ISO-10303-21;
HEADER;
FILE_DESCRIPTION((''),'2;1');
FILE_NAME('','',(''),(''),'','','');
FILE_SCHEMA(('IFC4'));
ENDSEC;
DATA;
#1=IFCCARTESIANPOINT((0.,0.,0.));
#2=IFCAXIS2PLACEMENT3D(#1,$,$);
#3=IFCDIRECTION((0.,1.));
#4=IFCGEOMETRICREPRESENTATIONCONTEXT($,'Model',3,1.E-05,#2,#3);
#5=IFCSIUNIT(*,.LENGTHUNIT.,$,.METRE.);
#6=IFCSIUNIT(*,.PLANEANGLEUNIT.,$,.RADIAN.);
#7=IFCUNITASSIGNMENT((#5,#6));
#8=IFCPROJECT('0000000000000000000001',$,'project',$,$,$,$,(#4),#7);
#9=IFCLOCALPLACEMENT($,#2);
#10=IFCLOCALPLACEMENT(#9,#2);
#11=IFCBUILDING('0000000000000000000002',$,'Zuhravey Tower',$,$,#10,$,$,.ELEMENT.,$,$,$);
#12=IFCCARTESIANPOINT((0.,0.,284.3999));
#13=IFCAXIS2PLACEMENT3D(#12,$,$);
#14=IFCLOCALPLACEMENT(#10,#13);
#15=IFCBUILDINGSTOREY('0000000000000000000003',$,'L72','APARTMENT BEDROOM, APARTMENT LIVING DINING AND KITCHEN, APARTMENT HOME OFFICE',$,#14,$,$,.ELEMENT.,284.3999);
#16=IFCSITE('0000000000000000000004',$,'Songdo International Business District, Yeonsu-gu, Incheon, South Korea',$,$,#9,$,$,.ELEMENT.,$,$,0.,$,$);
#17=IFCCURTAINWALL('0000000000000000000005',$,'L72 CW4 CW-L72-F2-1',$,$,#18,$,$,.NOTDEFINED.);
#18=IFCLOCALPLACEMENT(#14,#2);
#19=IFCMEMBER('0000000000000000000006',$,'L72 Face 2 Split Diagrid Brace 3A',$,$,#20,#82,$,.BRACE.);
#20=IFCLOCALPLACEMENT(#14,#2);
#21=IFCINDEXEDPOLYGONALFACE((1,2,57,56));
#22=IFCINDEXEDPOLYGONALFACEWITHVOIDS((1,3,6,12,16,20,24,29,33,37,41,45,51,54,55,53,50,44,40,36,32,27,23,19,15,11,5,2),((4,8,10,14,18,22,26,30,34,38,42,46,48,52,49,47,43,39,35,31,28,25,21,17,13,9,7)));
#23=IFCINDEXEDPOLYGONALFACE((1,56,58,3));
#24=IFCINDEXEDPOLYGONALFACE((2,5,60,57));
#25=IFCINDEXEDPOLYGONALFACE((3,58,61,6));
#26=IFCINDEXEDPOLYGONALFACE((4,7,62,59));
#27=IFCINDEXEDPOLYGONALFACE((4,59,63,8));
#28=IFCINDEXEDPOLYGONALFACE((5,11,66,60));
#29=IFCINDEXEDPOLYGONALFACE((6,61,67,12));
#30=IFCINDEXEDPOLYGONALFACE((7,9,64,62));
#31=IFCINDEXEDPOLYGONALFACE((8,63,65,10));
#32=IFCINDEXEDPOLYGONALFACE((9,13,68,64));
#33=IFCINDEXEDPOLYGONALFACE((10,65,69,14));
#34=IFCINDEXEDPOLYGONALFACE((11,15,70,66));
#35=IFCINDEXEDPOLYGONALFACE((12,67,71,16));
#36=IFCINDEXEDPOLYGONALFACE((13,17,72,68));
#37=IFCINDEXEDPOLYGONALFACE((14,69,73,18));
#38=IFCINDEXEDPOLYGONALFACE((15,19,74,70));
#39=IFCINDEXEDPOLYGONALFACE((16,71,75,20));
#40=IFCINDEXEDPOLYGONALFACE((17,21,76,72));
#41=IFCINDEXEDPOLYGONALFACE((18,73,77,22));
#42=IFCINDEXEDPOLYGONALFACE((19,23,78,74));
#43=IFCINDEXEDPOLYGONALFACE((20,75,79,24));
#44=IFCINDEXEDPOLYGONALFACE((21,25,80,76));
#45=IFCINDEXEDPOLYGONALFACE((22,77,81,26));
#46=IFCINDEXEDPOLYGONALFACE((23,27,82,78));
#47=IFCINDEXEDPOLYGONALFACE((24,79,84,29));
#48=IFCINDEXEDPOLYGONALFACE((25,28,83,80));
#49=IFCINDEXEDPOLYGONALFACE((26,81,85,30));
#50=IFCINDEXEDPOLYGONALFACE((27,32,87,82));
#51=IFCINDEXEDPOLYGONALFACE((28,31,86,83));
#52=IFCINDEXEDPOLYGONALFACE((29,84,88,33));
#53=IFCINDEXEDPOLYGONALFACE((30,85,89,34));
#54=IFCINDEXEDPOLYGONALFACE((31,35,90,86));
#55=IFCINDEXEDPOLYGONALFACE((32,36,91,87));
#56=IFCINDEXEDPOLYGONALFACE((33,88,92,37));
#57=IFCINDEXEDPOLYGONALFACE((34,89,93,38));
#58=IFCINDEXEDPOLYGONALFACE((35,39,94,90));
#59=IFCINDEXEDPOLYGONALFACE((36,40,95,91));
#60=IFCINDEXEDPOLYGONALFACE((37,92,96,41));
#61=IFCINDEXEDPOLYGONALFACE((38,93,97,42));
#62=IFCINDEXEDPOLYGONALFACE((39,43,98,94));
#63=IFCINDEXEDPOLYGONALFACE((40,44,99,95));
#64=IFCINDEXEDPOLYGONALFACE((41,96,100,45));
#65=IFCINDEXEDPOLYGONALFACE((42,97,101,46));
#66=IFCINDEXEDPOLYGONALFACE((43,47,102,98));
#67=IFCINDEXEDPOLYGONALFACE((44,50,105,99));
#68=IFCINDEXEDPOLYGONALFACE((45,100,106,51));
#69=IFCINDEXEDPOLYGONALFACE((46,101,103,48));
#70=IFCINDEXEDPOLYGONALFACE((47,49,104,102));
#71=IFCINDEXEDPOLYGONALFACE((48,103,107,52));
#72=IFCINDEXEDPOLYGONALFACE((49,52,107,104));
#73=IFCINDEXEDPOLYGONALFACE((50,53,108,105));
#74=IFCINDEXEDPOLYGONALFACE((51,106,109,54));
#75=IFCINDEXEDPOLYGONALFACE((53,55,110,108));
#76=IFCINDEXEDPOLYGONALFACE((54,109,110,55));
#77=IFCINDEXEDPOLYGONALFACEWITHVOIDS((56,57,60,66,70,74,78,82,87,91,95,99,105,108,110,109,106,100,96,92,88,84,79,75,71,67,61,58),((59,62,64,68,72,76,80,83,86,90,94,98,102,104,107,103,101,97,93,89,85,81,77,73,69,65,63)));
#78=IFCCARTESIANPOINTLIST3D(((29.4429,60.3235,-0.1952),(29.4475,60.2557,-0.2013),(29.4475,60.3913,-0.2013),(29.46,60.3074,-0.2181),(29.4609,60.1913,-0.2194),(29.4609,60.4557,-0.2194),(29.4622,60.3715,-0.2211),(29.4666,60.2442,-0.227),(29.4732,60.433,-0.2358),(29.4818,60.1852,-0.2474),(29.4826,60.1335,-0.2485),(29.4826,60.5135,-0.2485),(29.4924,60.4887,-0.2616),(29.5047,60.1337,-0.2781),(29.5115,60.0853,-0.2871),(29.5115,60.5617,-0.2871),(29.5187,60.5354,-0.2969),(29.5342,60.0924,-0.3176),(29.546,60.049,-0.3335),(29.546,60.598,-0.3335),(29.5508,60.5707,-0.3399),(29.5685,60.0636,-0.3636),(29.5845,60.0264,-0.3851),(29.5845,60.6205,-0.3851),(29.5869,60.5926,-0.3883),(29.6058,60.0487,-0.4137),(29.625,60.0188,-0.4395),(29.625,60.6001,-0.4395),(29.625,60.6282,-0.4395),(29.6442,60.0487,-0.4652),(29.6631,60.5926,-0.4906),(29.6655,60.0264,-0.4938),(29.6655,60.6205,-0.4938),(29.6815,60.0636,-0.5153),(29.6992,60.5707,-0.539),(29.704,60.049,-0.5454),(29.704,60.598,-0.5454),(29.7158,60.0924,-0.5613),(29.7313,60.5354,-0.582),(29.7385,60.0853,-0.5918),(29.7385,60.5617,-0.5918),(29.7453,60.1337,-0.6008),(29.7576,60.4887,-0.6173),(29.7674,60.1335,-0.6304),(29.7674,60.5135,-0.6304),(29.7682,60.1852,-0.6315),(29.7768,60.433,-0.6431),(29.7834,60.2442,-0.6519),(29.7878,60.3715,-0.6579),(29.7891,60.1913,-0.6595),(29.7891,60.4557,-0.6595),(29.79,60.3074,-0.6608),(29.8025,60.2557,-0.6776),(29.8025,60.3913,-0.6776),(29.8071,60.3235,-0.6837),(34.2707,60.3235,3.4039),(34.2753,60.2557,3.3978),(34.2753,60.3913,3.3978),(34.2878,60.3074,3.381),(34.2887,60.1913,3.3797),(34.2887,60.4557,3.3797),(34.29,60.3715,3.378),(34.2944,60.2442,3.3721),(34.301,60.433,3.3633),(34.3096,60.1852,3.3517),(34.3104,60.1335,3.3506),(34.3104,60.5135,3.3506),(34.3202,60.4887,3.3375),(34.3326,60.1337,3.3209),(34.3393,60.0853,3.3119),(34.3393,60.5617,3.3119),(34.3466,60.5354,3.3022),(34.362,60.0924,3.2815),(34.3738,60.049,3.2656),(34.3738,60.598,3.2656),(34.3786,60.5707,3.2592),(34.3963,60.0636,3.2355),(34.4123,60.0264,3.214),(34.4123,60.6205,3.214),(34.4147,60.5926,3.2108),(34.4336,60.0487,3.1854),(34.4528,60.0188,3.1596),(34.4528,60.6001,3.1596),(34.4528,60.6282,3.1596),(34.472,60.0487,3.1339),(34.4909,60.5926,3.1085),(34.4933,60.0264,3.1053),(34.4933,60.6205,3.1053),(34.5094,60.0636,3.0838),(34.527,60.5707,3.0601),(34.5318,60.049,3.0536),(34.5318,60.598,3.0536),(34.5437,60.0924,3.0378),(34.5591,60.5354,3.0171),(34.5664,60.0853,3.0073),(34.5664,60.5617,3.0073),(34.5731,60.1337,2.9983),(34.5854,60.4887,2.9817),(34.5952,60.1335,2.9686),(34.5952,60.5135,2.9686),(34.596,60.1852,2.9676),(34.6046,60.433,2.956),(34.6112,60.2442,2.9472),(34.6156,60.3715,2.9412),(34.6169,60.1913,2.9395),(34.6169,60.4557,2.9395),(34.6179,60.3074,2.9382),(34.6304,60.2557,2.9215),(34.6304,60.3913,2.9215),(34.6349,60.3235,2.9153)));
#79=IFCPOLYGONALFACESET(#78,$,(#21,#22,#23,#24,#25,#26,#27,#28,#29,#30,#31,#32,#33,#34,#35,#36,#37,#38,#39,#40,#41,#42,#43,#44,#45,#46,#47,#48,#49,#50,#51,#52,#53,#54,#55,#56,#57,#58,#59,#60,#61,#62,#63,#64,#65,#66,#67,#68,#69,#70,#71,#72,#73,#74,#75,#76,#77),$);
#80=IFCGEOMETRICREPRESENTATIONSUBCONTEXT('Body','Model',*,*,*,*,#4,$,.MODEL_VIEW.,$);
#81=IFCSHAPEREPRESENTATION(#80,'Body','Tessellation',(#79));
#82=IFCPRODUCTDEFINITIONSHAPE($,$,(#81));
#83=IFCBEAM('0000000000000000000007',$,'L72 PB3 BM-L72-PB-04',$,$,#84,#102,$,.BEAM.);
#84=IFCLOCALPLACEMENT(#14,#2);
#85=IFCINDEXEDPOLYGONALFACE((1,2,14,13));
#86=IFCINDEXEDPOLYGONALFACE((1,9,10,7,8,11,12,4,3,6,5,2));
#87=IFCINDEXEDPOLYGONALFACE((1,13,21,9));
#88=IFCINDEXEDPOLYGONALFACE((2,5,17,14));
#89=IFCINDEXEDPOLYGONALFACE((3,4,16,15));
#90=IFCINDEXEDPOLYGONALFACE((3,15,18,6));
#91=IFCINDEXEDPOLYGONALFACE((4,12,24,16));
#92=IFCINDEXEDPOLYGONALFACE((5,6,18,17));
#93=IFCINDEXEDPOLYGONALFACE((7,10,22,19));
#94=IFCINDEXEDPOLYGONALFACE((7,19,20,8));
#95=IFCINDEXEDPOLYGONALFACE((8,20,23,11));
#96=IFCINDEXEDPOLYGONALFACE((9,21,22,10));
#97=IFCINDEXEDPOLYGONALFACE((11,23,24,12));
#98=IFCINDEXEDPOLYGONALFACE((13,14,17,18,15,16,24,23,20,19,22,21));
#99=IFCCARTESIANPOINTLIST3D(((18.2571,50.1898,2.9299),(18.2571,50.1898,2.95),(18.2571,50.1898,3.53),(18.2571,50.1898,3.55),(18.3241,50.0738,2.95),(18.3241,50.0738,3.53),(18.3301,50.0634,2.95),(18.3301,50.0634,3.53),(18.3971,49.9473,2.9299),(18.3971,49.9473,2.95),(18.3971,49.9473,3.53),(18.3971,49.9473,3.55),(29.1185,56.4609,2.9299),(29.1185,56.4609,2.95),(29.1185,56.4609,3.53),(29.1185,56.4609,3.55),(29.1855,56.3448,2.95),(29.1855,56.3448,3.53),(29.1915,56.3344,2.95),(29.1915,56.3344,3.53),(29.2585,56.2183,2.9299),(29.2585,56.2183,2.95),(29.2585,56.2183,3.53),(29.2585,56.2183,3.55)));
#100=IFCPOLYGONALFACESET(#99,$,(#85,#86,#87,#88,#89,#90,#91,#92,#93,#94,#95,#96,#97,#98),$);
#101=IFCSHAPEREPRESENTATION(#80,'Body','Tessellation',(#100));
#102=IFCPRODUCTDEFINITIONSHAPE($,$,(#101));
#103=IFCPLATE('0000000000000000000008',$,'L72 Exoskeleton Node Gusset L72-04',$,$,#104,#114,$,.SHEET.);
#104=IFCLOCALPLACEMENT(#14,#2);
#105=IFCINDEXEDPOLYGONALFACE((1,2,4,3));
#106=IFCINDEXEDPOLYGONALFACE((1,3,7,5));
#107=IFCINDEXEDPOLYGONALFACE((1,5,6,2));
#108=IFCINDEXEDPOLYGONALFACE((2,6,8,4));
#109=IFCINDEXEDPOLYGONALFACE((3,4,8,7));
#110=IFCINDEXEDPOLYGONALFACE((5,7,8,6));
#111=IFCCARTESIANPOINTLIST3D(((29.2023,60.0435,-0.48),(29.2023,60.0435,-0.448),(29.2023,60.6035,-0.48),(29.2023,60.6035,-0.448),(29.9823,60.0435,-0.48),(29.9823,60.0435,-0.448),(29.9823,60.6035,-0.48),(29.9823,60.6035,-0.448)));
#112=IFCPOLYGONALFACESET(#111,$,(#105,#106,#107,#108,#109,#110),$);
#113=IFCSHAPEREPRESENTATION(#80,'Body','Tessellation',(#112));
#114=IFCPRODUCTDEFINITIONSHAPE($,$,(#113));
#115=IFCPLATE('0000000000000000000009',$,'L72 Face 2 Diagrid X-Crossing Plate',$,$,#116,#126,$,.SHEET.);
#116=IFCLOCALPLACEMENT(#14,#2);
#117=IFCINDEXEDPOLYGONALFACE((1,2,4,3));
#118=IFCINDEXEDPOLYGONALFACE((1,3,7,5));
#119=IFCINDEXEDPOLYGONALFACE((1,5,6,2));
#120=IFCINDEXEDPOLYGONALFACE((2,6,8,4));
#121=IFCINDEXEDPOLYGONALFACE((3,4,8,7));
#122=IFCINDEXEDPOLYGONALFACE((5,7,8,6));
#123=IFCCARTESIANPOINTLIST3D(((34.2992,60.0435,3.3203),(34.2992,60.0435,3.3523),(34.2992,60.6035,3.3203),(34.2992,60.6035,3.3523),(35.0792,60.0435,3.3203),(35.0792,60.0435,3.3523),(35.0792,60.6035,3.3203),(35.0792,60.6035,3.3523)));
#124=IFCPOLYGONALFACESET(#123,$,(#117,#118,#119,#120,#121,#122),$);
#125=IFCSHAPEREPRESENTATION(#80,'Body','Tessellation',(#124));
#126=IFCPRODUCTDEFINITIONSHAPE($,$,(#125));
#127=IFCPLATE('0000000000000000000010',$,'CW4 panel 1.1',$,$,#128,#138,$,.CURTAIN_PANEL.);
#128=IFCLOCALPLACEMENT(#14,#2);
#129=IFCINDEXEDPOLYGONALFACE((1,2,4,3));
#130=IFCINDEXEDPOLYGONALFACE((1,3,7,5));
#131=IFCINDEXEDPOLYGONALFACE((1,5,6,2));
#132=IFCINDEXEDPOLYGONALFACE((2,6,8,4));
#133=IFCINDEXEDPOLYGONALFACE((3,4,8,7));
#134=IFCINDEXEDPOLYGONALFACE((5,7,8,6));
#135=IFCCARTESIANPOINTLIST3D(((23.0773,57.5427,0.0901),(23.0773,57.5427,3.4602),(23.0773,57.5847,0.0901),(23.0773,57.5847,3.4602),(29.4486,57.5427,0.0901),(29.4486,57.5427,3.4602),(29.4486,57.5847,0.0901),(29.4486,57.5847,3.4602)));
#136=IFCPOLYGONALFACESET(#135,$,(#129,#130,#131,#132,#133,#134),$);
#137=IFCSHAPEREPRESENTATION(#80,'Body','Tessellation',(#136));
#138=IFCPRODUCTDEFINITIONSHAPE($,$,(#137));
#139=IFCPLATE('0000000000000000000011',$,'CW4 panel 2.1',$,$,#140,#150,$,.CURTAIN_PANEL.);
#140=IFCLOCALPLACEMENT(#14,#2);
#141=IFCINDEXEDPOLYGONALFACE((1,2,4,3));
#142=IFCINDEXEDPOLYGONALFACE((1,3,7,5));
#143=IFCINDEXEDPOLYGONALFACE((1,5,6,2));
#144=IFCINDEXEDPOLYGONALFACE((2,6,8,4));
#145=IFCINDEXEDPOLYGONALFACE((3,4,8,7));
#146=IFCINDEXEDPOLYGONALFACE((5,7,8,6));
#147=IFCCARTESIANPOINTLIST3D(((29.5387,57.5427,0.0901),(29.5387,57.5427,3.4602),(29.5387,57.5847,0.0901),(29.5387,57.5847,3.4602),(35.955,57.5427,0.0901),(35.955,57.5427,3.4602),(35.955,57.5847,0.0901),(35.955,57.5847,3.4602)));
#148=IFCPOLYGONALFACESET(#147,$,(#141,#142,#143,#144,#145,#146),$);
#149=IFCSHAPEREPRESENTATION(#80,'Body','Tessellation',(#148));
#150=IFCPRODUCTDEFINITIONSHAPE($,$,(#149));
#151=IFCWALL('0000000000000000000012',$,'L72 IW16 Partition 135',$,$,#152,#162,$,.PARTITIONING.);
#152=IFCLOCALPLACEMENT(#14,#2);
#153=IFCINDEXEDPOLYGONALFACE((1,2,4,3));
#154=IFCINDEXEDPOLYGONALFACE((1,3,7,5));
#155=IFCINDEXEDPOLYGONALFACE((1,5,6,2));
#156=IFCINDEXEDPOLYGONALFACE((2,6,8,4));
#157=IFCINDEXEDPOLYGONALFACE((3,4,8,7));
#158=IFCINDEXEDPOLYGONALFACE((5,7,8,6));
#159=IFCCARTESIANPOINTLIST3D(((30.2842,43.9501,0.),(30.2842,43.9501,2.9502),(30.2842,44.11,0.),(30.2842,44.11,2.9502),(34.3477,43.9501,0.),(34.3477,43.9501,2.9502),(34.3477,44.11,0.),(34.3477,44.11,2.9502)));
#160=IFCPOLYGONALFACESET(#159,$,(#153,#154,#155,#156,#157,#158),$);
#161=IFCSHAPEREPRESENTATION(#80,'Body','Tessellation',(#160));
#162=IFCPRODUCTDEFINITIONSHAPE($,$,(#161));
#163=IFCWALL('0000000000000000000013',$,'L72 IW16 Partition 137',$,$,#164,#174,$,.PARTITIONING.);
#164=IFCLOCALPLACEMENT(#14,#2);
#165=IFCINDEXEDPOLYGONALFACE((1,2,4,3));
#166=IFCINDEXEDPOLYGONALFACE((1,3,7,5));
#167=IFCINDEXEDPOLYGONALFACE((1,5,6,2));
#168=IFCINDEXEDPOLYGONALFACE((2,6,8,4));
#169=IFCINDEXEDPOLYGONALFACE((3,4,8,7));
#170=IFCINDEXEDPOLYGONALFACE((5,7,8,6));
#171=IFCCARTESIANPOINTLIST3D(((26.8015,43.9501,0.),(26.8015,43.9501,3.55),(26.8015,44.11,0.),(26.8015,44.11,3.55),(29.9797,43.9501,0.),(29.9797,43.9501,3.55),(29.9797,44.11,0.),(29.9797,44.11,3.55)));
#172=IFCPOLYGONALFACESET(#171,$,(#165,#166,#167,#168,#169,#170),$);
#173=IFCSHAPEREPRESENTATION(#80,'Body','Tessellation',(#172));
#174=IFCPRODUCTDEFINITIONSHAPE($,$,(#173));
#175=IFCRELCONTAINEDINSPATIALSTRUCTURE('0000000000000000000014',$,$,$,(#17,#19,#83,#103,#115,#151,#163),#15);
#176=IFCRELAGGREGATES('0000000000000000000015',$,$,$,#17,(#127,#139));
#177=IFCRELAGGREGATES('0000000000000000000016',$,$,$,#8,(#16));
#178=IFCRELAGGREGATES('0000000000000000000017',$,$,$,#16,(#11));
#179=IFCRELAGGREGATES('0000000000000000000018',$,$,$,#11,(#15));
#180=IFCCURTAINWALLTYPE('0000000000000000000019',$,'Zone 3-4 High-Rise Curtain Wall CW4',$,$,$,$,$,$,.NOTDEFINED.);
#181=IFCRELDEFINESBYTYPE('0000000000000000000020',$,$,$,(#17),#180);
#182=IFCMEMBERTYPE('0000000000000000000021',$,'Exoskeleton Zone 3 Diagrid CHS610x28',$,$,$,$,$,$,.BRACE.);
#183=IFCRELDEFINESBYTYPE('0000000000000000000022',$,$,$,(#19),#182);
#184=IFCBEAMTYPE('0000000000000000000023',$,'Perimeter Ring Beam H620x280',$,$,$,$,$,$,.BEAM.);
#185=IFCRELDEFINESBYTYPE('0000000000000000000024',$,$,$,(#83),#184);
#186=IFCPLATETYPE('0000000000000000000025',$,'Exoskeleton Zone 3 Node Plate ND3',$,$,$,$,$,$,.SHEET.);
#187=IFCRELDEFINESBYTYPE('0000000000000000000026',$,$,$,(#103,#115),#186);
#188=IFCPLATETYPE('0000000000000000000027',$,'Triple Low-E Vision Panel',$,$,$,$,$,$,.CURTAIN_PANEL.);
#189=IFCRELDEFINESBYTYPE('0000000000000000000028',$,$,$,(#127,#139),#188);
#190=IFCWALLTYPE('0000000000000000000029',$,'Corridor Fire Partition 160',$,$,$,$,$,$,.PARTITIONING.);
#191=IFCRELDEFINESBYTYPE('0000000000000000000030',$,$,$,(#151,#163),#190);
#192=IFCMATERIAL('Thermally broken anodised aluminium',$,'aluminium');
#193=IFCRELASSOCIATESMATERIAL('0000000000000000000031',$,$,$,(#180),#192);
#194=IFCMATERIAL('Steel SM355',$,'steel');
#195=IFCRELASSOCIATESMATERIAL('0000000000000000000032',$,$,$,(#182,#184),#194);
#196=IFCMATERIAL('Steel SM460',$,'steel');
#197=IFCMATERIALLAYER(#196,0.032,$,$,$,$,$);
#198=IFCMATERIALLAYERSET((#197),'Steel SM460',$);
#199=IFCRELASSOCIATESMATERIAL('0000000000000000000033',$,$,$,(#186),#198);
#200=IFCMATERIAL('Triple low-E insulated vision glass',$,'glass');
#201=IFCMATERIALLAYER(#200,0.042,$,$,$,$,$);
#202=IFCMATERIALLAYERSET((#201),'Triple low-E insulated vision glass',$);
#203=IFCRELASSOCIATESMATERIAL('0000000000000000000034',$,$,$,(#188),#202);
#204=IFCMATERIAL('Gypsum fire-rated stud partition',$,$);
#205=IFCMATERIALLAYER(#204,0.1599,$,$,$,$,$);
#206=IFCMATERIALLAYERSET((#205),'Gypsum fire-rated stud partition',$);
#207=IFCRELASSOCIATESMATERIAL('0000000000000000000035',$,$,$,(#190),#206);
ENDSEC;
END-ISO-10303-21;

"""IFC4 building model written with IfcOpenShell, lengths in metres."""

from ifc_helpers import new_model, si_unit, direction, frame, frame_2d, origin, origin_2d, place, context, subcontext, project, spatial, rectangle, hollow_circle, i_section, extrude, material, layer, layer_set, material_profile, profile_set, type_object, element, aggregate, save


model = new_model("IFC4")

# Units and contexts
model_context = context("Model", 3, precision=1e-05, world=origin(), true_north=direction((0.0, 1.0)))
body_context = subcontext(model_context, "Body", "Model", "MODEL_VIEW")
ifc_project = project(units=[si_unit("LENGTHUNIT", "METRE"), si_unit("PLANEANGLEUNIT", "RADIAN")], contexts=[model_context])

# Site, building, storey
site_placement = place(None, origin())
site = spatial("IfcSite", under=ifc_project, at=site_placement, Name="Songdo International Business District, Yeonsu-gu, Incheon, South Korea", CompositionType="ELEMENT", RefElevation=0.0)
building_placement = place(site_placement, origin())
building = spatial("IfcBuilding", under=site, at=building_placement, Name="Zuhravey Tower", CompositionType="ELEMENT")
storey_placement = place(building_placement, frame((0.0, 0.0, 284.3999)))
storey = spatial("IfcBuildingStorey", under=building, at=storey_placement, Name="L72", Description="APARTMENT BEDROOM, APARTMENT LIVING DINING AND KITCHEN, APARTMENT HOME OFFICE", CompositionType="ELEMENT", Elevation=284.3999)

# Curtain wall
ifc_material_1 = material(Name="Thermally broken anodised aluminium", Category="aluminium")
curtain_wall_type = type_object("IfcCurtainWallType", Name="Zone 3-4 High-Rise Curtain Wall CW4", PredefinedType="NOTDEFINED", material=ifc_material_1)
curtain_wall_placement = place(storey_placement, origin())
curtain_wall = element("IfcCurtainWall", 1, at=curtain_wall_placement, inside=storey, type_object=curtain_wall_type, Name="L72 CW4 CW-L72-F2-1", PredefinedType="NOTDEFINED")

# Member
ifc_material_2 = material(Name="Steel SM355", Category="steel")
ifc_material_profile_1 = material_profile(ifc_material_2, hollow_circle(Radius=0.3047, WallThickness=0.0281, at=origin_2d()), Name="CHS-609.6x28")
ifc_profile_set_1 = profile_set([ifc_material_profile_1], Name="Steel SM355")
member_type_1 = type_object("IfcMemberType", Name="Exoskeleton Zone 3 Diagrid CHS610x28", PredefinedType="BRACE", material=ifc_profile_set_1)
member_1_placement = place(storey_placement, frame((29.625, 60.3235, -0.4395), z_axis=(0.801734, 0.0, 0.597682), x_axis=(0.0, 1.0, 0.0)))
element("IfcMember", 2, at=member_1_placement, inside=storey, type_object=member_type_1, Name="L72 Face 2 Split Diagrid Brace 3A", PredefinedType="BRACE", context=body_context, shape_type="SweptSolid", body=[
    extrude(hollow_circle(Radius=0.3047, WallThickness=0.0281, at=origin_2d()), origin(), (0.0, 0.0, 1.0), 6.0217),
])

# Beam
ifc_material_profile_2 = material_profile(ifc_material_2, i_section(OverallWidth=0.28, OverallDepth=0.6201, WebThickness=0.012, FlangeThickness=0.02, at=origin_2d()), Name="H-620x280x12x20")
ifc_profile_set_2 = profile_set([ifc_material_profile_2], Name="Steel SM355")
beam_type = type_object("IfcBeamType", Name="Perimeter Ring Beam H620x280", PredefinedType="BEAM", material=ifc_profile_set_2)
beam_placement = place(storey_placement, frame((29.1885, 56.3396, 3.24), z_axis=(-0.866018, -0.500012, 0.0), x_axis=(0.500012, -0.866018, 0.0)))
element("IfcBeam", 3, at=beam_placement, inside=storey, type_object=beam_type, Name="L72 PB3 BM-L72-PB-04", PredefinedType="BEAM", context=body_context, shape_type="SweptSolid", body=[
    extrude(i_section(OverallWidth=0.28, OverallDepth=0.6201, WebThickness=0.012, FlangeThickness=0.02, at=origin_2d()), origin(), (0.0, 0.0, 1.0), 12.5417),
])

# Plates
ifc_material_3 = material(Name="Steel SM460", Category="steel")
ifc_layer_1 = layer(ifc_material_3, 0.032)
ifc_layer_set_1 = layer_set([ifc_layer_1], Name="Steel SM460")
plate_type_1 = type_object("IfcPlateType", Name="Exoskeleton Zone 3 Node Plate ND3", PredefinedType="SHEET", material=ifc_layer_set_1)
for number, where, z_axis, x_axis, name in (
    (4, (29.5923, 60.3235, -0.48), (0.0, 0.0, 1.0), (-1.0, 0.0, 0.0), "L72 Exoskeleton Node Gusset L72-04"),
    (5, (34.6892, 60.3235, 3.3203), (0.0, 0.0, 1.0), (-1.0, 0.0, 0.0), "L72 Face 2 Diagrid X-Crossing Plate"),
):
    element("IfcPlate", number, at=place(storey_placement, frame(where, z_axis=z_axis, x_axis=x_axis)), inside=storey, type_object=plate_type_1, Name=name, PredefinedType="SHEET", context=body_context, shape_type="SweptSolid", body=[
        extrude(rectangle(XDim=0.78, YDim=0.5601, at=origin_2d()), origin(), (0.0, 0.0, 1.0), 0.032),
    ])

# Plates
ifc_material_4 = material(Name="Triple low-E insulated vision glass", Category="glass")
ifc_layer_2 = layer(ifc_material_4, 0.042)
ifc_layer_set_2 = layer_set([ifc_layer_2], Name="Triple low-E insulated vision glass")
plate_type_2 = type_object("IfcPlateType", Name="Triple Low-E Vision Panel", PredefinedType="CURTAIN_PANEL", material=ifc_layer_set_2)
plate_1_placement = place(storey_placement, frame((26.2629, 57.5637, 0.0901), z_axis=(0.0, 0.0, 1.0), x_axis=(1.0, 0.0, 0.0)))
plate_1 = element("IfcPlate", 6, at=plate_1_placement, type_object=plate_type_2, Name="CW4 panel 1.1", PredefinedType="CURTAIN_PANEL", context=body_context, shape_type="SweptSolid", body=[
    extrude(rectangle(XDim=6.3713, YDim=0.042, at=origin_2d()), origin(), (0.0, 0.0, 1.0), 3.3701),
])
plate_2_placement = place(storey_placement, frame((32.7468, 57.5637, 0.0901), z_axis=(0.0, 0.0, 1.0), x_axis=(1.0, 0.0, 0.0)))
plate_2 = element("IfcPlate", 7, at=plate_2_placement, type_object=plate_type_2, Name="CW4 panel 2.1", PredefinedType="CURTAIN_PANEL", context=body_context, shape_type="SweptSolid", body=[
    extrude(rectangle(XDim=6.4163, YDim=0.042, at=origin_2d()), origin(), (0.0, 0.0, 1.0), 3.3701),
])
aggregate(curtain_wall, [plate_1, plate_2])

# Walls
ifc_material_5 = material(Name="Gypsum fire-rated stud partition")
ifc_layer_3 = layer(ifc_material_5, 0.1599)
ifc_layer_set_3 = layer_set([ifc_layer_3], Name="Gypsum fire-rated stud partition")
wall_type_1 = type_object("IfcWallType", Name="Corridor Fire Partition 160", PredefinedType="PARTITIONING", material=ifc_layer_set_3)
wall_1_placement = place(storey_placement, frame((34.3477, 44.03, 0.0), z_axis=(0.0, 0.0, 1.0), x_axis=(-1.0, 0.0, 0.0)))
element("IfcWall", 8, at=wall_1_placement, inside=storey, type_object=wall_type_1, Name="L72 IW16 Partition 135", PredefinedType="PARTITIONING", context=body_context, shape_type="SweptSolid", body=[
    extrude(rectangle(XDim=4.0635, YDim=0.1599, at=frame_2d((2.0317, 0.0))), origin(), (0.0, 0.0, 1.0), 2.9502),
])
wall_2_placement = place(storey_placement, frame((29.9797, 44.03, 0.0), z_axis=(0.0, 0.0, 1.0), x_axis=(-1.0, 0.0, 0.0)))
element("IfcWall", 9, at=wall_2_placement, inside=storey, type_object=wall_type_1, Name="L72 IW16 Partition 137", PredefinedType="PARTITIONING", context=body_context, shape_type="SweptSolid", body=[
    extrude(rectangle(XDim=3.1782, YDim=0.1599, at=frame_2d((1.5891, 0.0))), origin(), (0.0, 0.0, 1.0), 3.55),
])

save(model, "model.ifc")
